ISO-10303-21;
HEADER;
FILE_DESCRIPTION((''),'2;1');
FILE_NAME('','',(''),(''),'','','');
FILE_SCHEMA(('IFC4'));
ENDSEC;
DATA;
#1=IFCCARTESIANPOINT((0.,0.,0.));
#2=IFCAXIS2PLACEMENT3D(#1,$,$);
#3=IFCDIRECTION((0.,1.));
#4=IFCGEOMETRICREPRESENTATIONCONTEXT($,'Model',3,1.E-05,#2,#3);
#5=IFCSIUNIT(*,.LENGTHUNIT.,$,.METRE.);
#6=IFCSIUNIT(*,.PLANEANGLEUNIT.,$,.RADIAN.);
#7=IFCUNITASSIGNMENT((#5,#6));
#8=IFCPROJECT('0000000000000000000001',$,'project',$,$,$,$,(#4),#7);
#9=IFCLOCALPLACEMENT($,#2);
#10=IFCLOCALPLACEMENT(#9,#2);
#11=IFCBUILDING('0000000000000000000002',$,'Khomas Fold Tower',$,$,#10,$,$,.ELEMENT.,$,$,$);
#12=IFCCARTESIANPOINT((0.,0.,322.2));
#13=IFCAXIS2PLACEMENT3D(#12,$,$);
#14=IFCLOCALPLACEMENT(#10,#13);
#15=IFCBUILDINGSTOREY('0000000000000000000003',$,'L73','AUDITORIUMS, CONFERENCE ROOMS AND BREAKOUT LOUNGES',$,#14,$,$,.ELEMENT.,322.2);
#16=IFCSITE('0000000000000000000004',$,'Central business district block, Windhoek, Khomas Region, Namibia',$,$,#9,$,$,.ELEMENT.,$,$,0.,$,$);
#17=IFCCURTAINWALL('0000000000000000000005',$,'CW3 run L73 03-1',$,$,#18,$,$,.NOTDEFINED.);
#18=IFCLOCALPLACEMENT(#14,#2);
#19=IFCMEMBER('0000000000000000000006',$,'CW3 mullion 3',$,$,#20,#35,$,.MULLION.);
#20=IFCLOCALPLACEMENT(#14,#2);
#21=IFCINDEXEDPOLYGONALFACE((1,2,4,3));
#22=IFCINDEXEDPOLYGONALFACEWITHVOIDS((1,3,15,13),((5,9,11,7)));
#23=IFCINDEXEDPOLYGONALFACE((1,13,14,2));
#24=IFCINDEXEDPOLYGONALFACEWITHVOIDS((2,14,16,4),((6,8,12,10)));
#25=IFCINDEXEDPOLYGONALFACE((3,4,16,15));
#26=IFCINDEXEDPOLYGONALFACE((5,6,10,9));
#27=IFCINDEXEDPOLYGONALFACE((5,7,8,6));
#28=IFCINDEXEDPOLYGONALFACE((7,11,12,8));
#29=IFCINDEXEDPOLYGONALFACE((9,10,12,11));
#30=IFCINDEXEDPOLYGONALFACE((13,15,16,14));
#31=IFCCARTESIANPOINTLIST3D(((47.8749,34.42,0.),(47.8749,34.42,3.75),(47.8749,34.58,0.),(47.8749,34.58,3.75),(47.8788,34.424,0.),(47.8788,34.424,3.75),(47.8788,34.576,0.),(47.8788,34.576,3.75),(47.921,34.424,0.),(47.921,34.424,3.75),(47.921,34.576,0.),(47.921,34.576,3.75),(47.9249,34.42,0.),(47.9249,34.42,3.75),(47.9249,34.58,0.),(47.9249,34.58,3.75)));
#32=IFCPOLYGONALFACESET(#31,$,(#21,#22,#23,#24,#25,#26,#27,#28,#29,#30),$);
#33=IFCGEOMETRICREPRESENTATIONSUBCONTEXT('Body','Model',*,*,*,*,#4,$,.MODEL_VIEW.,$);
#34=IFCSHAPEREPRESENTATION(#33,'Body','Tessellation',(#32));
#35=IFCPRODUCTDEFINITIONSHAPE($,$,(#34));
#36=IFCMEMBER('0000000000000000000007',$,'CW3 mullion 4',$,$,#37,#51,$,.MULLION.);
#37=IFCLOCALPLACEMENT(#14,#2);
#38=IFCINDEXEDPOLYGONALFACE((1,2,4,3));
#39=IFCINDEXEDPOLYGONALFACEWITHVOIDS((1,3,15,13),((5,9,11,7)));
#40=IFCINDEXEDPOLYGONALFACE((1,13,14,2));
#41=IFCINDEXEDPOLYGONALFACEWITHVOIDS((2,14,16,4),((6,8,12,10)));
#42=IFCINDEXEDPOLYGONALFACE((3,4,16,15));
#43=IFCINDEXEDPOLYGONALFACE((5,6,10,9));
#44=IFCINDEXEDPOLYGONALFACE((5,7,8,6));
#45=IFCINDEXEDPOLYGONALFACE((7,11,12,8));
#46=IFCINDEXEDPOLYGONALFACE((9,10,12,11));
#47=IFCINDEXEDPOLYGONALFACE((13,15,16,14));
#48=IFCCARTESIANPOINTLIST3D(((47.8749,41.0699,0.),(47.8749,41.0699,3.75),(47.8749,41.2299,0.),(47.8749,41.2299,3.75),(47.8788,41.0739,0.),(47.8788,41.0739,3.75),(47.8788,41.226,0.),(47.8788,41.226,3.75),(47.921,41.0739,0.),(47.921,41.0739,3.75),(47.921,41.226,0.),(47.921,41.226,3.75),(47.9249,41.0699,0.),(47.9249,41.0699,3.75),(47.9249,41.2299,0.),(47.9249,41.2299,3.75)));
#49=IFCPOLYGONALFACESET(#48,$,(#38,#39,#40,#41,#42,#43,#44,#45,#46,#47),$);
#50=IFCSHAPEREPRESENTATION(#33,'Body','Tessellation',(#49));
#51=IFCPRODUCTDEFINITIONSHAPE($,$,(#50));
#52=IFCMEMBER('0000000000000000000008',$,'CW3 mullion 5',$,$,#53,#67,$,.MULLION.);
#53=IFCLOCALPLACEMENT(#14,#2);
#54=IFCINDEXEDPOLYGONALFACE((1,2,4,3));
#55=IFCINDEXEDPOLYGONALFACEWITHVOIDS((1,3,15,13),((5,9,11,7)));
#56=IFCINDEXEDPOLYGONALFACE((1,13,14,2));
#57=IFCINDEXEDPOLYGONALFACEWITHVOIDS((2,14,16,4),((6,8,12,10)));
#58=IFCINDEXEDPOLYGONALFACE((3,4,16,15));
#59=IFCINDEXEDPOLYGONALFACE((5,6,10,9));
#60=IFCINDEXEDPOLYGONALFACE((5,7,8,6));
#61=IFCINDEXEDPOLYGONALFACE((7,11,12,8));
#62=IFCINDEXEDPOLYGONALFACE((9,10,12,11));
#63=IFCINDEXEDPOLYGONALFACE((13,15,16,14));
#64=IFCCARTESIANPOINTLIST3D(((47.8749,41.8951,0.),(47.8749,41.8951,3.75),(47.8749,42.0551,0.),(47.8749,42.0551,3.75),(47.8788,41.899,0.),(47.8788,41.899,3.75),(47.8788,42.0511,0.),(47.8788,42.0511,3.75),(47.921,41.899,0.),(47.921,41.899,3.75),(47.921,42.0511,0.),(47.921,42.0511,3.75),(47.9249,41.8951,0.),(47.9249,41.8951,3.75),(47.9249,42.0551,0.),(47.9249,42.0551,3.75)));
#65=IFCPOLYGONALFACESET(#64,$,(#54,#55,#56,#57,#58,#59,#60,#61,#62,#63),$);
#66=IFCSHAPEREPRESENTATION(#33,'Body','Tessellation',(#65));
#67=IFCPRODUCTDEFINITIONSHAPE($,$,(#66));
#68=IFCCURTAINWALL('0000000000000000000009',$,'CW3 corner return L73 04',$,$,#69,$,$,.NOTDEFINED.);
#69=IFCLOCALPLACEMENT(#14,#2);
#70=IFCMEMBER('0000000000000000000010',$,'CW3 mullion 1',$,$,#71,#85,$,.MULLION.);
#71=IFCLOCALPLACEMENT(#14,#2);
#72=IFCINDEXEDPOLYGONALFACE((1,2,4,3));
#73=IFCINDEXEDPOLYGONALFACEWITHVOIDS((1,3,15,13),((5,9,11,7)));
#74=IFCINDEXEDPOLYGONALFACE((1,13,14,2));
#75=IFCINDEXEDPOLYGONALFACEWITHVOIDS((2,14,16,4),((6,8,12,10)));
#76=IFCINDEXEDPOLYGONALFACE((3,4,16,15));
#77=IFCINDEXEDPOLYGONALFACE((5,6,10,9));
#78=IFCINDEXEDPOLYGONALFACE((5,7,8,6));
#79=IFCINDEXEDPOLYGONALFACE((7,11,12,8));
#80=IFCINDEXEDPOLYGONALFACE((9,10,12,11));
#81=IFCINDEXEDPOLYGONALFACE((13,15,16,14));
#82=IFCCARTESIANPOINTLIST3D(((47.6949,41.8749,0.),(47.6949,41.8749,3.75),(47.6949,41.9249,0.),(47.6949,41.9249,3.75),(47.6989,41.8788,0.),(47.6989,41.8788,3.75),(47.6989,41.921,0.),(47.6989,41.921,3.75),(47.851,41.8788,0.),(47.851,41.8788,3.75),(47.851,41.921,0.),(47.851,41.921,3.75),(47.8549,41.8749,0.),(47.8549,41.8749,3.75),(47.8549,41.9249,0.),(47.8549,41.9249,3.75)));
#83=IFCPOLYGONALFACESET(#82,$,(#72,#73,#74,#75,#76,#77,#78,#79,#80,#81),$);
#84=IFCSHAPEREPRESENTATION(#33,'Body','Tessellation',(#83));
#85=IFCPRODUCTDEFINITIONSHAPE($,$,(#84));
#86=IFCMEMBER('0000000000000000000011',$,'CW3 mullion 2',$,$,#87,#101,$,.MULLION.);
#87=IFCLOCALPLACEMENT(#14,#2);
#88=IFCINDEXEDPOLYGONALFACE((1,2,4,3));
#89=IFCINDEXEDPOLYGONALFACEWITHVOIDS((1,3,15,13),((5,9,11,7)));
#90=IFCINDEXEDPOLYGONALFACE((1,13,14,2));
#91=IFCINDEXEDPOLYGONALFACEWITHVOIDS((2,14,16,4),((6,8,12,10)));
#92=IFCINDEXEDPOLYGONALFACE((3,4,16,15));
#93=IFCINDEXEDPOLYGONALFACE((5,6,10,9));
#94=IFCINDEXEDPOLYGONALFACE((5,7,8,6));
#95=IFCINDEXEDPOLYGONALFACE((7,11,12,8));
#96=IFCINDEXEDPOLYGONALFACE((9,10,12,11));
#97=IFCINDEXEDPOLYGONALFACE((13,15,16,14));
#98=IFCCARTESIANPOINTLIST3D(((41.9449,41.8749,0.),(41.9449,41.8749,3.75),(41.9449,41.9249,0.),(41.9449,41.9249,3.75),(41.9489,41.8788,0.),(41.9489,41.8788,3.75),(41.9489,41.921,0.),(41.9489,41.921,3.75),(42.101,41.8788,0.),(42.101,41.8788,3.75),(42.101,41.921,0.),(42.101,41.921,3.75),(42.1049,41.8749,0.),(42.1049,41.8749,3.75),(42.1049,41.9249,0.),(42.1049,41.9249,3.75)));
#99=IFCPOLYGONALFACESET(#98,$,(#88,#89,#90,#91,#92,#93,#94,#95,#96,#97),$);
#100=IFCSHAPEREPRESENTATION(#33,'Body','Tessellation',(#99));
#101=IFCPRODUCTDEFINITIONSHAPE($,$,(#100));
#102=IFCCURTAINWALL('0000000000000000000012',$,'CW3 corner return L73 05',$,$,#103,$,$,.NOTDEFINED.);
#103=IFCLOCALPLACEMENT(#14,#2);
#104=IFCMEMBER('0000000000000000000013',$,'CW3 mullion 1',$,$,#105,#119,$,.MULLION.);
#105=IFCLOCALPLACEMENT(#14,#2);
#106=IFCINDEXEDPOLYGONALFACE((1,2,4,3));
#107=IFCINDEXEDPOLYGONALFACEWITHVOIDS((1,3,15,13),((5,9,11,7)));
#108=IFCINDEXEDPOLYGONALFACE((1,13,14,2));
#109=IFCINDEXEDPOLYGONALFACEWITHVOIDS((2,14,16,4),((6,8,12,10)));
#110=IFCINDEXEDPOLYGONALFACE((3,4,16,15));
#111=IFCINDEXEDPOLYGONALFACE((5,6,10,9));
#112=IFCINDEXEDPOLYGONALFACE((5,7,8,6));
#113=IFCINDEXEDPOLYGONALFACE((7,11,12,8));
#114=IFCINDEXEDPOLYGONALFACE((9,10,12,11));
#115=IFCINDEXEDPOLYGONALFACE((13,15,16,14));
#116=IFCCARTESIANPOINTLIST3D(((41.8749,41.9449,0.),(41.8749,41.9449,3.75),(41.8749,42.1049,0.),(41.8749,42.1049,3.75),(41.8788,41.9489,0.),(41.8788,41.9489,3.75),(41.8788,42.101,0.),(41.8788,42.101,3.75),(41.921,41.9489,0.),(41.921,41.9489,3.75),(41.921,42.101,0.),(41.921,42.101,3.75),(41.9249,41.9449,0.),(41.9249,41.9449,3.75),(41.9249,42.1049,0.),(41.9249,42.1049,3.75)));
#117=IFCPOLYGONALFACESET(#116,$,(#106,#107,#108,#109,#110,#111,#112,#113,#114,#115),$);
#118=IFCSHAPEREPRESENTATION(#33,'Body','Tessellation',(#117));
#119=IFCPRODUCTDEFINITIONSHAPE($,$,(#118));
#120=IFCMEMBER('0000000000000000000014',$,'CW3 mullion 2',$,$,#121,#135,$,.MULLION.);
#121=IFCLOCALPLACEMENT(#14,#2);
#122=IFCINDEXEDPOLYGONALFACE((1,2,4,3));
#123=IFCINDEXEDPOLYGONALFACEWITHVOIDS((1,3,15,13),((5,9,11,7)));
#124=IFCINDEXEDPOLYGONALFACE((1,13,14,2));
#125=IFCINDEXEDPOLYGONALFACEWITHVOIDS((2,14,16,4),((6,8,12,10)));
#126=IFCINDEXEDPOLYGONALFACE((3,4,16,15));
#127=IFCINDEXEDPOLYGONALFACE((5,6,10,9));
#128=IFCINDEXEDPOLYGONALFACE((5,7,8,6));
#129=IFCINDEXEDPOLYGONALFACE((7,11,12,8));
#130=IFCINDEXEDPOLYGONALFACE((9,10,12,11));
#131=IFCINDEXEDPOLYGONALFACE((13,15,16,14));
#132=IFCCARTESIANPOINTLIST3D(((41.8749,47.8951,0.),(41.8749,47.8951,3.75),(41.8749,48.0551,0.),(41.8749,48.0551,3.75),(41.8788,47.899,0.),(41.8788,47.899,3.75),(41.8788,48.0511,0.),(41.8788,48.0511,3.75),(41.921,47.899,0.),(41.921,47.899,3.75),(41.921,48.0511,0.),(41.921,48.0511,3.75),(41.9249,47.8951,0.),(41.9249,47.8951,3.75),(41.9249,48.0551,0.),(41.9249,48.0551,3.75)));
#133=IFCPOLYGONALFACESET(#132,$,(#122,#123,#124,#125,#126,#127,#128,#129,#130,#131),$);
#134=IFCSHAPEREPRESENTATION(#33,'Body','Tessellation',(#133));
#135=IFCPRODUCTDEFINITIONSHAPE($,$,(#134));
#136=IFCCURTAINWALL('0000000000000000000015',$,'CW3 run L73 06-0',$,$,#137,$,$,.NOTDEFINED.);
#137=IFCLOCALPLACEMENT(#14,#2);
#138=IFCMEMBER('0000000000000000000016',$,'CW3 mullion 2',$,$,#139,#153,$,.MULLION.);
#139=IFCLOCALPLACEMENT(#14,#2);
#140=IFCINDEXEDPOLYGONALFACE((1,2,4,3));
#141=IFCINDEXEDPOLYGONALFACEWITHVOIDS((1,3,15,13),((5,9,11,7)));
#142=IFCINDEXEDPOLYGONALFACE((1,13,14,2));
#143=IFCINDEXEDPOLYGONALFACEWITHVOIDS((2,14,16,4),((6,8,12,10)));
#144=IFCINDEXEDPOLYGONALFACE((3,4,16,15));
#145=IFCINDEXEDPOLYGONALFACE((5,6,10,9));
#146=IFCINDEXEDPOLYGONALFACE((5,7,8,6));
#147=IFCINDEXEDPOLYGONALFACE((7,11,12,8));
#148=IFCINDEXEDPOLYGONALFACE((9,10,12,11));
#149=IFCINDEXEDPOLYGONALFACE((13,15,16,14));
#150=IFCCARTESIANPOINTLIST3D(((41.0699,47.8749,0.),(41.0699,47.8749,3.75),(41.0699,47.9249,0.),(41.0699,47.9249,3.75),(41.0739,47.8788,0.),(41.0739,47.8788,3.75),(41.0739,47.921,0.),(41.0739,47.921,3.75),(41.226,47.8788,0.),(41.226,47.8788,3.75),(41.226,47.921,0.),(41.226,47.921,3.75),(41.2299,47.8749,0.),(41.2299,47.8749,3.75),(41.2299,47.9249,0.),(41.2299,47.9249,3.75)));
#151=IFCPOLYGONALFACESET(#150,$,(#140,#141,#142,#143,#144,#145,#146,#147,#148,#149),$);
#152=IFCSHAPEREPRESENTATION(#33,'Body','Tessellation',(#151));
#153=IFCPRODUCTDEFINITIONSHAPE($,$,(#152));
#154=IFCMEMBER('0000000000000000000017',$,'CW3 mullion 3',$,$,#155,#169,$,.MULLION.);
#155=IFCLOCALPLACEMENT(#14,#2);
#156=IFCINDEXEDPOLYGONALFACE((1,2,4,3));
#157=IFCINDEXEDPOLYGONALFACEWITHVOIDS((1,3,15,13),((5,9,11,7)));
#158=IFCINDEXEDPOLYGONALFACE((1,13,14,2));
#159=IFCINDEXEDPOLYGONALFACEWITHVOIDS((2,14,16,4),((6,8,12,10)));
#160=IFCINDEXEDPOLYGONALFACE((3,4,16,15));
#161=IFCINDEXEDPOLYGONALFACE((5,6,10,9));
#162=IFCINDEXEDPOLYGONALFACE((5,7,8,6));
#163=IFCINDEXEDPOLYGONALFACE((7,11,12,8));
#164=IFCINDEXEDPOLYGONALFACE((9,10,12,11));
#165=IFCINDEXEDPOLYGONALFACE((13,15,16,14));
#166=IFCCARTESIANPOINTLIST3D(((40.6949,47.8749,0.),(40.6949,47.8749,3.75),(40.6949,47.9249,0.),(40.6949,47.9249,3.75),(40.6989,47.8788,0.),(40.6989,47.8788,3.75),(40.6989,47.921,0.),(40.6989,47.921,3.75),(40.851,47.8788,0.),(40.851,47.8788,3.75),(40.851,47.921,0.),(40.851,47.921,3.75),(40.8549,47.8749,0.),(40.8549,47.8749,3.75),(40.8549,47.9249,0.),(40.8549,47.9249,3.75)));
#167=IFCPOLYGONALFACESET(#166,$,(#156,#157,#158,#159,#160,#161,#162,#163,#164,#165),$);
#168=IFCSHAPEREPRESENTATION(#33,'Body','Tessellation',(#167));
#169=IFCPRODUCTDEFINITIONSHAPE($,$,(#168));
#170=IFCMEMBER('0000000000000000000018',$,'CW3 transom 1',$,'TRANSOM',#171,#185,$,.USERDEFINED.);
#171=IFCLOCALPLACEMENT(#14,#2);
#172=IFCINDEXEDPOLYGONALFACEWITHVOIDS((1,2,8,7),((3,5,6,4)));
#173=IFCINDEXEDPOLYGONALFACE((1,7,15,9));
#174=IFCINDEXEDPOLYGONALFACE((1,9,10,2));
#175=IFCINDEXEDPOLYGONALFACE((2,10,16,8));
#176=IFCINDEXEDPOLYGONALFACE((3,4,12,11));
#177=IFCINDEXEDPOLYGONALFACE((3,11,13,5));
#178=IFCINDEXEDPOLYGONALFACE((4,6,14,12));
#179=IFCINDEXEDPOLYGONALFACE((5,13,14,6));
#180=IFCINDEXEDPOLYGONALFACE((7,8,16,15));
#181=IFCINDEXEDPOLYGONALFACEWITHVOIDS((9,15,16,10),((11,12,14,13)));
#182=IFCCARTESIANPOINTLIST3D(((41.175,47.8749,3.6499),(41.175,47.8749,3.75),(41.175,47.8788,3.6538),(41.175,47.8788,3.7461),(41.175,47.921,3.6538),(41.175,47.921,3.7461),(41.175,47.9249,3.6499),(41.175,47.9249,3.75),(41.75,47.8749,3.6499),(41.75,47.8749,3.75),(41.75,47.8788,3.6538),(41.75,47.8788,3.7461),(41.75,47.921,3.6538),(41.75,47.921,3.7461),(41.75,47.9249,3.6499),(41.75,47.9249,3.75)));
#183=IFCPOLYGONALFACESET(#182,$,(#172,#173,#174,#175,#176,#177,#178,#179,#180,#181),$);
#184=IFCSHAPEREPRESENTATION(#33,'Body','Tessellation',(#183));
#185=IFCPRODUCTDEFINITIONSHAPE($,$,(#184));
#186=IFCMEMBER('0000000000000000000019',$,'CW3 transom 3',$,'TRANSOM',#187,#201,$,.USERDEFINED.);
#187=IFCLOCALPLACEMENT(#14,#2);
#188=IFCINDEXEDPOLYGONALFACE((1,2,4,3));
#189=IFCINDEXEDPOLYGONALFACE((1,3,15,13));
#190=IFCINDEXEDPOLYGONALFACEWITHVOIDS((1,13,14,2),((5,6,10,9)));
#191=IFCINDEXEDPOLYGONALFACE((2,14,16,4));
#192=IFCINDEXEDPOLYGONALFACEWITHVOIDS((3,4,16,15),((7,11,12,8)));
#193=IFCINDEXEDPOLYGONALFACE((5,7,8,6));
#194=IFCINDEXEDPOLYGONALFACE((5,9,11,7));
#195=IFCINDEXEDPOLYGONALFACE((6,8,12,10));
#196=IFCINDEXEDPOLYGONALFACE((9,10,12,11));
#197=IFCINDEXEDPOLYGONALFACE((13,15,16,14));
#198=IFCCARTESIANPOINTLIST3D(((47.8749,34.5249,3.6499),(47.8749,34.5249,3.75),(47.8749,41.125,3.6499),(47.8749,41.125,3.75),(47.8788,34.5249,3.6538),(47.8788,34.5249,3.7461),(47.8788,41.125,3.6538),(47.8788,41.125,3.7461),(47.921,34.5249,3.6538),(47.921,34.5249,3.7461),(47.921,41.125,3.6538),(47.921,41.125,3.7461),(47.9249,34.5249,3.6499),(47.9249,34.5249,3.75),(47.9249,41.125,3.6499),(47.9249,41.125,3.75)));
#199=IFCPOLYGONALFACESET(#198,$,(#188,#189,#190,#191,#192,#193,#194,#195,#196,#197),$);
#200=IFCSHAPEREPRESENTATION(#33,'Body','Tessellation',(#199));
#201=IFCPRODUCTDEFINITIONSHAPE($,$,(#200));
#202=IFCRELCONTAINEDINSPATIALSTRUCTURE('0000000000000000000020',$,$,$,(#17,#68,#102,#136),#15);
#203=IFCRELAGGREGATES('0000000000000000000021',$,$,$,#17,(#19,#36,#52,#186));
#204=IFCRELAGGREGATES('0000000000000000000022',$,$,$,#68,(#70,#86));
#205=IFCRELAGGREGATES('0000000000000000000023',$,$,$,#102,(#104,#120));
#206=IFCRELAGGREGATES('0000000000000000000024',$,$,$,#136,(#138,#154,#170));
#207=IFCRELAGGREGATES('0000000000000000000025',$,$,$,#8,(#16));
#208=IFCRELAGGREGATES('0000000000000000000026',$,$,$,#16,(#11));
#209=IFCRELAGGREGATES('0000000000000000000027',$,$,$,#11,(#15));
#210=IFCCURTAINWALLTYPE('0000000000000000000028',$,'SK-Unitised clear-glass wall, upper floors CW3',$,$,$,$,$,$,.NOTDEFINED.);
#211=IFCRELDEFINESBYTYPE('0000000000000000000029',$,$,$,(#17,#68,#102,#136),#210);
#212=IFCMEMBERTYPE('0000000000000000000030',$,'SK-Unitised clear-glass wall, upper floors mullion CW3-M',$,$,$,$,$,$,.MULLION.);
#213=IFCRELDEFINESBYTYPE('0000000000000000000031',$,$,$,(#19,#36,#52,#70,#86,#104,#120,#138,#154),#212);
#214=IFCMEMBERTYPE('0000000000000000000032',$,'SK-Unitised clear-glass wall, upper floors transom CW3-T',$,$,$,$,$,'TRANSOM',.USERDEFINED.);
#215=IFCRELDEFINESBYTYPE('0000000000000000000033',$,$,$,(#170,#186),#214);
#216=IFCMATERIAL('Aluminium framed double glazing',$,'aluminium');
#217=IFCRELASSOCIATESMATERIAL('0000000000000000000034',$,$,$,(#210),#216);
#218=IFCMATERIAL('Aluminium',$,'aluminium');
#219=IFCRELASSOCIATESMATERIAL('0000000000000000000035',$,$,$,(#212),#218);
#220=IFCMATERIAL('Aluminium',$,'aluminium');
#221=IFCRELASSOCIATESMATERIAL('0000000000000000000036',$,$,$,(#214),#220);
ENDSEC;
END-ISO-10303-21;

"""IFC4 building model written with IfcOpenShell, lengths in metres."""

from ifc_helpers import new_model, si_unit, direction, frame, origin, origin_2d, place, context, subcontext, project, spatial, hollow_rectangle, extrude, source, transform, mapped, material, material_profile, profile_set, type_object, element, aggregate, save


model = new_model("IFC4")

# Units and contexts
model_context = context("Model", 3, precision=1e-05, world=origin(), true_north=direction((0.0, 1.0)))
body_context = subcontext(model_context, "Body", "Model", "MODEL_VIEW")
ifc_project = project(units=[si_unit("LENGTHUNIT", "METRE"), si_unit("PLANEANGLEUNIT", "RADIAN")], contexts=[model_context])

# Site, building, storey
site_placement = place(None, origin())
site = spatial("IfcSite", under=ifc_project, at=site_placement, Name="Central business district block, Windhoek, Khomas Region, Namibia", CompositionType="ELEMENT", RefElevation=0.0)
building_placement = place(site_placement, origin())
building = spatial("IfcBuilding", under=site, at=building_placement, Name="Khomas Fold Tower", CompositionType="ELEMENT")
storey_placement = place(building_placement, frame((0.0, 0.0, 322.2)))
storey = spatial("IfcBuildingStorey", under=building, at=storey_placement, Name="L73", Description="AUDITORIUMS, CONFERENCE ROOMS AND BREAKOUT LOUNGES", CompositionType="ELEMENT", Elevation=322.2)

# Curtain walls, members
ifc_material_1 = material(Name="Aluminium framed double glazing", Category="aluminium")
curtain_wall_type = type_object("IfcCurtainWallType", Name="SK-Unitised clear-glass wall, upper floors CW3", PredefinedType="NOTDEFINED", material=ifc_material_1)
curtain_wall_1_placement = place(storey_placement, origin())
curtain_wall_1 = element("IfcCurtainWall", 1, at=curtain_wall_1_placement, inside=storey, type_object=curtain_wall_type, Name="CW3 run L73 03-1", PredefinedType="NOTDEFINED")
ifc_material_2 = material(Name="Aluminium", Category="aluminium")
ifc_material_profile_1 = material_profile(ifc_material_2, hollow_rectangle(XDim=0.05, YDim=0.1599, WallThickness=0.0039, at=origin_2d()), Name="SK-Unitised clear-glass wall, upper floors mullion CW3-M")
ifc_profile_set_1 = profile_set([ifc_material_profile_1], Name="Aluminium")
member_type_1 = type_object("IfcMemberType", Name="SK-Unitised clear-glass wall, upper floors mullion CW3-M", PredefinedType="MULLION", material=ifc_profile_set_1)
shared_shape_1 = source(origin(), body_context, "Body", "SweptSolid", [
    extrude(hollow_rectangle(XDim=0.05, YDim=0.1599, WallThickness=0.0039, at=origin_2d()), origin(), (0.0, 0.0, 1.0), 3.75),
])
member_1_placement = place(storey_placement, frame((47.8999, 34.5, 0.0), z_axis=(0.0, 0.0, 1.0), x_axis=(-1.0, 0.0, 0.0)))
member_1 = element("IfcMember", 2, at=member_1_placement, type_object=member_type_1, Name="CW3 mullion 3", PredefinedType="MULLION", context=body_context, shape_type="MappedRepresentation", body=[
    mapped(shared_shape_1, transform((0.0, 0.0, 0.0))),
])
member_2_placement = place(storey_placement, frame((47.8999, 41.1499, 0.0), z_axis=(0.0, 0.0, 1.0), x_axis=(-1.0, 0.0, 0.0)))
member_2 = element("IfcMember", 3, at=member_2_placement, type_object=member_type_1, Name="CW3 mullion 4", PredefinedType="MULLION", context=body_context, shape_type="MappedRepresentation", body=[
    mapped(shared_shape_1, transform((0.0, 0.0, 0.0))),
])
member_3_placement = place(storey_placement, frame((47.8999, 41.9751, 0.0), z_axis=(0.0, 0.0, 1.0), x_axis=(-1.0, 0.0, 0.0)))
member_3 = element("IfcMember", 4, at=member_3_placement, type_object=member_type_1, Name="CW3 mullion 5", PredefinedType="MULLION", context=body_context, shape_type="MappedRepresentation", body=[
    mapped(shared_shape_1, transform((0.0, 0.0, 0.0))),
])
curtain_wall_2_placement = place(storey_placement, origin())
curtain_wall_2 = element("IfcCurtainWall", 5, at=curtain_wall_2_placement, inside=storey, type_object=curtain_wall_type, Name="CW3 corner return L73 04", PredefinedType="NOTDEFINED")
member_4_placement = place(storey_placement, frame((47.7749, 41.8999, 0.0), z_axis=(0.0, 0.0, 1.0), x_axis=(0.0, -1.0, 0.0)))
member_4 = element("IfcMember", 6, at=member_4_placement, type_object=member_type_1, Name="CW3 mullion 1", PredefinedType="MULLION", context=body_context, shape_type="MappedRepresentation", body=[
    mapped(shared_shape_1, transform((0.0, 0.0, 0.0))),
])
member_5_placement = place(storey_placement, frame((42.0249, 41.8999, 0.0), z_axis=(0.0, 0.0, 1.0), x_axis=(0.0, -1.0, 0.0)))
member_5 = element("IfcMember", 7, at=member_5_placement, type_object=member_type_1, Name="CW3 mullion 2", PredefinedType="MULLION", context=body_context, shape_type="MappedRepresentation", body=[
    mapped(shared_shape_1, transform((0.0, 0.0, 0.0))),
])
curtain_wall_3_placement = place(storey_placement, origin())
curtain_wall_3 = element("IfcCurtainWall", 8, at=curtain_wall_3_placement, inside=storey, type_object=curtain_wall_type, Name="CW3 corner return L73 05", PredefinedType="NOTDEFINED")
member_6_placement = place(storey_placement, frame((41.8999, 42.0249, 0.0), z_axis=(0.0, 0.0, 1.0), x_axis=(-1.0, 0.0, 0.0)))
member_6 = element("IfcMember", 9, at=member_6_placement, type_object=member_type_1, Name="CW3 mullion 1", PredefinedType="MULLION", context=body_context, shape_type="MappedRepresentation", body=[
    mapped(shared_shape_1, transform((0.0, 0.0, 0.0))),
])
member_7_placement = place(storey_placement, frame((41.8999, 47.9751, 0.0), z_axis=(0.0, 0.0, 1.0), x_axis=(-1.0, 0.0, 0.0)))
member_7 = element("IfcMember", 10, at=member_7_placement, type_object=member_type_1, Name="CW3 mullion 2", PredefinedType="MULLION", context=body_context, shape_type="MappedRepresentation", body=[
    mapped(shared_shape_1, transform((0.0, 0.0, 0.0))),
])
curtain_wall_4_placement = place(storey_placement, origin())
curtain_wall_4 = element("IfcCurtainWall", 11, at=curtain_wall_4_placement, inside=storey, type_object=curtain_wall_type, Name="CW3 run L73 06-0", PredefinedType="NOTDEFINED")
member_8_placement = place(storey_placement, frame((41.1499, 47.8999, 0.0), z_axis=(0.0, 0.0, 1.0), x_axis=(0.0, -1.0, 0.0)))
member_8 = element("IfcMember", 12, at=member_8_placement, type_object=member_type_1, Name="CW3 mullion 2", PredefinedType="MULLION", context=body_context, shape_type="MappedRepresentation", body=[
    mapped(shared_shape_1, transform((0.0, 0.0, 0.0))),
])
member_9_placement = place(storey_placement, frame((40.7749, 47.8999, 0.0), z_axis=(0.0, 0.0, 1.0), x_axis=(0.0, -1.0, 0.0)))
member_9 = element("IfcMember", 13, at=member_9_placement, type_object=member_type_1, Name="CW3 mullion 3", PredefinedType="MULLION", context=body_context, shape_type="MappedRepresentation", body=[
    mapped(shared_shape_1, transform((0.0, 0.0, 0.0))),
])
ifc_material_3 = material(Name="Aluminium", Category="aluminium")
ifc_material_profile_2 = material_profile(ifc_material_3, hollow_rectangle(XDim=0.05, YDim=0.1001, WallThickness=0.0039, at=origin_2d()), Name="SK-Unitised clear-glass wall, upper floors transom CW3-T")
ifc_profile_set_2 = profile_set([ifc_material_profile_2], Name="Aluminium")
member_type_2 = type_object("IfcMemberType", Name="SK-Unitised clear-glass wall, upper floors transom CW3-T", ElementType="TRANSOM", PredefinedType="USERDEFINED", material=ifc_profile_set_2)
shared_shape_2 = source(origin(), body_context, "Body", "SweptSolid", [
    extrude(hollow_rectangle(XDim=0.05, YDim=0.1001, WallThickness=0.0039, at=origin_2d()), origin(), (0.0, 0.0, 1.0), 0.575),
])
member_10_placement = place(storey_placement, frame((41.75, 47.8999, 3.7), z_axis=(-1.0, 0.0, 0.0), x_axis=(0.0, -1.0, 0.0)))
member_10 = element("IfcMember", 14, at=member_10_placement, type_object=member_type_2, Name="CW3 transom 1", ObjectType="TRANSOM", PredefinedType="USERDEFINED", context=body_context, shape_type="MappedRepresentation", body=[
    mapped(shared_shape_2, transform((0.0, 0.0, 0.0))),
])

# Member
shared_shape_3 = source(origin(), body_context, "Body", "SweptSolid", [
    extrude(hollow_rectangle(XDim=0.05, YDim=0.1001, WallThickness=0.0039, at=origin_2d()), origin(), (0.0, 0.0, 1.0), 6.6001),
])
member_11_placement = place(storey_placement, frame((47.8999, 34.5249, 3.7), z_axis=(0.0, 1.0, 0.0), x_axis=(-1.0, 0.0, 0.0)))
member_11 = element("IfcMember", 15, at=member_11_placement, type_object=member_type_2, Name="CW3 transom 3", ObjectType="TRANSOM", PredefinedType="USERDEFINED", context=body_context, shape_type="MappedRepresentation", body=[
    mapped(shared_shape_3, transform((0.0, 0.0, 0.0))),
])

aggregate(curtain_wall_1, [member_1, member_2, member_3, member_11])
aggregate(curtain_wall_2, [member_4, member_5])
aggregate(curtain_wall_3, [member_6, member_7])
aggregate(curtain_wall_4, [member_8, member_9, member_10])

save(model, "model.ifc")
